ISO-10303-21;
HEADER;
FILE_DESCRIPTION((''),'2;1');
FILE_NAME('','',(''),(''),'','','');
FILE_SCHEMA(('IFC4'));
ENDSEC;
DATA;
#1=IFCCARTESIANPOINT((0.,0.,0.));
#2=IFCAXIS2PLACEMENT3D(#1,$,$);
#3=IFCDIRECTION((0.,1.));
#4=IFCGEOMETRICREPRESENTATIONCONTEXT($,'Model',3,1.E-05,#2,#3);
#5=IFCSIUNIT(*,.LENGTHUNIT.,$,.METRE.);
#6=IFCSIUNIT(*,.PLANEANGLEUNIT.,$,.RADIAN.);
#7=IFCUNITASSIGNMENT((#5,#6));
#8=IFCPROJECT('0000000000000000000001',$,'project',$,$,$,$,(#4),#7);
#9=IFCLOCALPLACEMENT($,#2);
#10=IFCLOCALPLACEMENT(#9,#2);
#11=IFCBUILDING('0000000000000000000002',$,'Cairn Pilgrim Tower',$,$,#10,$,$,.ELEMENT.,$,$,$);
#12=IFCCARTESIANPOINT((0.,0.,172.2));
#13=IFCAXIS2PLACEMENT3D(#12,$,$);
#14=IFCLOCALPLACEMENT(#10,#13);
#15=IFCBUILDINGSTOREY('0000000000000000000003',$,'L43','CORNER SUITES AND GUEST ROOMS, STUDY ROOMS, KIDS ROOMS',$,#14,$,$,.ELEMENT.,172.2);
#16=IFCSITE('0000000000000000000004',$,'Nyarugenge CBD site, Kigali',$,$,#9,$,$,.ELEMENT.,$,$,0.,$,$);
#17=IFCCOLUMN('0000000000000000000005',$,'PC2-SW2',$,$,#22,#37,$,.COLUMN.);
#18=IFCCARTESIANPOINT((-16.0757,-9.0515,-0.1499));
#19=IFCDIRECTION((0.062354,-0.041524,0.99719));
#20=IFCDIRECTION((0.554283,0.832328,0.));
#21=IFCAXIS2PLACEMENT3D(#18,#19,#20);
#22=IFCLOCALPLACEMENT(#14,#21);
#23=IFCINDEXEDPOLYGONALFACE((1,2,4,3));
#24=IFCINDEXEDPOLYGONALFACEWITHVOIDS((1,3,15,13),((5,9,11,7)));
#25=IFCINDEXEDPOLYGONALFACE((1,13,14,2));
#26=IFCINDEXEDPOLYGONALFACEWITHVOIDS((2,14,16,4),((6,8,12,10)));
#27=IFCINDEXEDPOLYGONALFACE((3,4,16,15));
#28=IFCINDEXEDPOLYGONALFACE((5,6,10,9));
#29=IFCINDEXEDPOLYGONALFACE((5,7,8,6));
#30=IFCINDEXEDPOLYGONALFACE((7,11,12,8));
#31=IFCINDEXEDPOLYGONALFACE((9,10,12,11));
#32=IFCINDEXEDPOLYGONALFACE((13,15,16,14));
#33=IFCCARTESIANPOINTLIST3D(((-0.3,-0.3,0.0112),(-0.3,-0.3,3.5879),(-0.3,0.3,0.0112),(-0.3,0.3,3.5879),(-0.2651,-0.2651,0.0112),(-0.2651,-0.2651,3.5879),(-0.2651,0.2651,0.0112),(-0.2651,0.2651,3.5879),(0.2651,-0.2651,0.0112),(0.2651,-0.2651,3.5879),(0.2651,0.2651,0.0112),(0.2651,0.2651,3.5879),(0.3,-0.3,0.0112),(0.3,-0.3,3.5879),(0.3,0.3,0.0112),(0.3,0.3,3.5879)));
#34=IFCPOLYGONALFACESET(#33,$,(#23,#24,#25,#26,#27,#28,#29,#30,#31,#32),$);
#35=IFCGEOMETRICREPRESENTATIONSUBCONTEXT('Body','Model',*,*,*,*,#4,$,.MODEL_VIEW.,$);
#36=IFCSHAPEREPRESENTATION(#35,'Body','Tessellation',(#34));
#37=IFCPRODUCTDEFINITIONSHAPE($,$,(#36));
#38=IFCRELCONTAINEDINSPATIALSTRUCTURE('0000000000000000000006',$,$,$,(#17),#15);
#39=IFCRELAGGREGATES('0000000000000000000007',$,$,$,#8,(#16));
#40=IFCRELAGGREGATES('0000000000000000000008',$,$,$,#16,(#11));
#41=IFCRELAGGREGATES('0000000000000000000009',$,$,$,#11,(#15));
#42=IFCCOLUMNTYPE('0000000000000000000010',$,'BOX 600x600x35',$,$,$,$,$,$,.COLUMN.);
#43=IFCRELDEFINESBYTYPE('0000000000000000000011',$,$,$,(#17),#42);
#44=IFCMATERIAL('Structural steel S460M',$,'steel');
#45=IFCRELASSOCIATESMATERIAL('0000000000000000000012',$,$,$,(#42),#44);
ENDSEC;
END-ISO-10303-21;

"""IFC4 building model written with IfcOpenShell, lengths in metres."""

from ifc_helpers import new_model, si_unit, direction, frame, origin, origin_2d, place, context, subcontext, project, spatial, hollow_rectangle, extrude, clip, halfspace, material, material_profile, profile_set, type_object, element, save


model = new_model("IFC4")

# Units and contexts
model_context = context("Model", 3, precision=1e-05, world=origin(), true_north=direction((0.0, 1.0)))
body_context = subcontext(model_context, "Body", "Model", "MODEL_VIEW")
ifc_project = project(units=[si_unit("LENGTHUNIT", "METRE"), si_unit("PLANEANGLEUNIT", "RADIAN")], contexts=[model_context])

# Site, building, storey
site_placement = place(None, origin())
site = spatial("IfcSite", under=ifc_project, at=site_placement, Name="Nyarugenge CBD site, Kigali", CompositionType="ELEMENT", RefElevation=0.0)
building_placement = place(site_placement, origin())
building = spatial("IfcBuilding", under=site, at=building_placement, Name="Cairn Pilgrim Tower", CompositionType="ELEMENT")
storey_placement = place(building_placement, frame((0.0, 0.0, 172.2)))
storey = spatial("IfcBuildingStorey", under=building, at=storey_placement, Name="L43", Description="CORNER SUITES AND GUEST ROOMS, STUDY ROOMS, KIDS ROOMS", CompositionType="ELEMENT", Elevation=172.2)

# Column
ifc_material_1 = material(Name="Structural steel S460M", Category="steel")
ifc_material_profile_1 = material_profile(ifc_material_1, hollow_rectangle(XDim=0.6001, YDim=0.6001, WallThickness=0.0349, at=origin_2d()), Name="BOX 600x600x35")
ifc_profile_set_1 = profile_set([ifc_material_profile_1], Name="Structural steel S460M")
column_type_1 = type_object("IfcColumnType", Name="BOX 600x600x35", PredefinedType="COLUMN", material=ifc_profile_set_1)
column_1_placement = place(storey_placement, frame((-16.0757, -9.0515, -0.1499), z_axis=(0.062354, -0.041524, 0.99719), x_axis=(0.554283, 0.832328, 0.0)))
element("IfcColumn", 1, at=column_1_placement, inside=storey, type_object=column_type_1, Name="PC2-SW2", PredefinedType="COLUMN", context=body_context, shape_type="Clipping", body=[
    clip(clip(extrude(hollow_rectangle(XDim=0.6001, YDim=0.6001, WallThickness=0.0349, at=origin_2d()), origin(), (0.0, 0.0, 1.0), 3.6101), halfspace(frame((0.0, 0.0, 0.0112), z_axis=(0.0, 0.0, 1.0), x_axis=(1.0, 0.0, 0.0)), True)), halfspace(frame((0.0, 0.0, 3.5879), z_axis=(0.0, 0.0, 1.0), x_axis=(1.0, 0.0, 0.0)), False)),
])

save(model, "model.ifc")
